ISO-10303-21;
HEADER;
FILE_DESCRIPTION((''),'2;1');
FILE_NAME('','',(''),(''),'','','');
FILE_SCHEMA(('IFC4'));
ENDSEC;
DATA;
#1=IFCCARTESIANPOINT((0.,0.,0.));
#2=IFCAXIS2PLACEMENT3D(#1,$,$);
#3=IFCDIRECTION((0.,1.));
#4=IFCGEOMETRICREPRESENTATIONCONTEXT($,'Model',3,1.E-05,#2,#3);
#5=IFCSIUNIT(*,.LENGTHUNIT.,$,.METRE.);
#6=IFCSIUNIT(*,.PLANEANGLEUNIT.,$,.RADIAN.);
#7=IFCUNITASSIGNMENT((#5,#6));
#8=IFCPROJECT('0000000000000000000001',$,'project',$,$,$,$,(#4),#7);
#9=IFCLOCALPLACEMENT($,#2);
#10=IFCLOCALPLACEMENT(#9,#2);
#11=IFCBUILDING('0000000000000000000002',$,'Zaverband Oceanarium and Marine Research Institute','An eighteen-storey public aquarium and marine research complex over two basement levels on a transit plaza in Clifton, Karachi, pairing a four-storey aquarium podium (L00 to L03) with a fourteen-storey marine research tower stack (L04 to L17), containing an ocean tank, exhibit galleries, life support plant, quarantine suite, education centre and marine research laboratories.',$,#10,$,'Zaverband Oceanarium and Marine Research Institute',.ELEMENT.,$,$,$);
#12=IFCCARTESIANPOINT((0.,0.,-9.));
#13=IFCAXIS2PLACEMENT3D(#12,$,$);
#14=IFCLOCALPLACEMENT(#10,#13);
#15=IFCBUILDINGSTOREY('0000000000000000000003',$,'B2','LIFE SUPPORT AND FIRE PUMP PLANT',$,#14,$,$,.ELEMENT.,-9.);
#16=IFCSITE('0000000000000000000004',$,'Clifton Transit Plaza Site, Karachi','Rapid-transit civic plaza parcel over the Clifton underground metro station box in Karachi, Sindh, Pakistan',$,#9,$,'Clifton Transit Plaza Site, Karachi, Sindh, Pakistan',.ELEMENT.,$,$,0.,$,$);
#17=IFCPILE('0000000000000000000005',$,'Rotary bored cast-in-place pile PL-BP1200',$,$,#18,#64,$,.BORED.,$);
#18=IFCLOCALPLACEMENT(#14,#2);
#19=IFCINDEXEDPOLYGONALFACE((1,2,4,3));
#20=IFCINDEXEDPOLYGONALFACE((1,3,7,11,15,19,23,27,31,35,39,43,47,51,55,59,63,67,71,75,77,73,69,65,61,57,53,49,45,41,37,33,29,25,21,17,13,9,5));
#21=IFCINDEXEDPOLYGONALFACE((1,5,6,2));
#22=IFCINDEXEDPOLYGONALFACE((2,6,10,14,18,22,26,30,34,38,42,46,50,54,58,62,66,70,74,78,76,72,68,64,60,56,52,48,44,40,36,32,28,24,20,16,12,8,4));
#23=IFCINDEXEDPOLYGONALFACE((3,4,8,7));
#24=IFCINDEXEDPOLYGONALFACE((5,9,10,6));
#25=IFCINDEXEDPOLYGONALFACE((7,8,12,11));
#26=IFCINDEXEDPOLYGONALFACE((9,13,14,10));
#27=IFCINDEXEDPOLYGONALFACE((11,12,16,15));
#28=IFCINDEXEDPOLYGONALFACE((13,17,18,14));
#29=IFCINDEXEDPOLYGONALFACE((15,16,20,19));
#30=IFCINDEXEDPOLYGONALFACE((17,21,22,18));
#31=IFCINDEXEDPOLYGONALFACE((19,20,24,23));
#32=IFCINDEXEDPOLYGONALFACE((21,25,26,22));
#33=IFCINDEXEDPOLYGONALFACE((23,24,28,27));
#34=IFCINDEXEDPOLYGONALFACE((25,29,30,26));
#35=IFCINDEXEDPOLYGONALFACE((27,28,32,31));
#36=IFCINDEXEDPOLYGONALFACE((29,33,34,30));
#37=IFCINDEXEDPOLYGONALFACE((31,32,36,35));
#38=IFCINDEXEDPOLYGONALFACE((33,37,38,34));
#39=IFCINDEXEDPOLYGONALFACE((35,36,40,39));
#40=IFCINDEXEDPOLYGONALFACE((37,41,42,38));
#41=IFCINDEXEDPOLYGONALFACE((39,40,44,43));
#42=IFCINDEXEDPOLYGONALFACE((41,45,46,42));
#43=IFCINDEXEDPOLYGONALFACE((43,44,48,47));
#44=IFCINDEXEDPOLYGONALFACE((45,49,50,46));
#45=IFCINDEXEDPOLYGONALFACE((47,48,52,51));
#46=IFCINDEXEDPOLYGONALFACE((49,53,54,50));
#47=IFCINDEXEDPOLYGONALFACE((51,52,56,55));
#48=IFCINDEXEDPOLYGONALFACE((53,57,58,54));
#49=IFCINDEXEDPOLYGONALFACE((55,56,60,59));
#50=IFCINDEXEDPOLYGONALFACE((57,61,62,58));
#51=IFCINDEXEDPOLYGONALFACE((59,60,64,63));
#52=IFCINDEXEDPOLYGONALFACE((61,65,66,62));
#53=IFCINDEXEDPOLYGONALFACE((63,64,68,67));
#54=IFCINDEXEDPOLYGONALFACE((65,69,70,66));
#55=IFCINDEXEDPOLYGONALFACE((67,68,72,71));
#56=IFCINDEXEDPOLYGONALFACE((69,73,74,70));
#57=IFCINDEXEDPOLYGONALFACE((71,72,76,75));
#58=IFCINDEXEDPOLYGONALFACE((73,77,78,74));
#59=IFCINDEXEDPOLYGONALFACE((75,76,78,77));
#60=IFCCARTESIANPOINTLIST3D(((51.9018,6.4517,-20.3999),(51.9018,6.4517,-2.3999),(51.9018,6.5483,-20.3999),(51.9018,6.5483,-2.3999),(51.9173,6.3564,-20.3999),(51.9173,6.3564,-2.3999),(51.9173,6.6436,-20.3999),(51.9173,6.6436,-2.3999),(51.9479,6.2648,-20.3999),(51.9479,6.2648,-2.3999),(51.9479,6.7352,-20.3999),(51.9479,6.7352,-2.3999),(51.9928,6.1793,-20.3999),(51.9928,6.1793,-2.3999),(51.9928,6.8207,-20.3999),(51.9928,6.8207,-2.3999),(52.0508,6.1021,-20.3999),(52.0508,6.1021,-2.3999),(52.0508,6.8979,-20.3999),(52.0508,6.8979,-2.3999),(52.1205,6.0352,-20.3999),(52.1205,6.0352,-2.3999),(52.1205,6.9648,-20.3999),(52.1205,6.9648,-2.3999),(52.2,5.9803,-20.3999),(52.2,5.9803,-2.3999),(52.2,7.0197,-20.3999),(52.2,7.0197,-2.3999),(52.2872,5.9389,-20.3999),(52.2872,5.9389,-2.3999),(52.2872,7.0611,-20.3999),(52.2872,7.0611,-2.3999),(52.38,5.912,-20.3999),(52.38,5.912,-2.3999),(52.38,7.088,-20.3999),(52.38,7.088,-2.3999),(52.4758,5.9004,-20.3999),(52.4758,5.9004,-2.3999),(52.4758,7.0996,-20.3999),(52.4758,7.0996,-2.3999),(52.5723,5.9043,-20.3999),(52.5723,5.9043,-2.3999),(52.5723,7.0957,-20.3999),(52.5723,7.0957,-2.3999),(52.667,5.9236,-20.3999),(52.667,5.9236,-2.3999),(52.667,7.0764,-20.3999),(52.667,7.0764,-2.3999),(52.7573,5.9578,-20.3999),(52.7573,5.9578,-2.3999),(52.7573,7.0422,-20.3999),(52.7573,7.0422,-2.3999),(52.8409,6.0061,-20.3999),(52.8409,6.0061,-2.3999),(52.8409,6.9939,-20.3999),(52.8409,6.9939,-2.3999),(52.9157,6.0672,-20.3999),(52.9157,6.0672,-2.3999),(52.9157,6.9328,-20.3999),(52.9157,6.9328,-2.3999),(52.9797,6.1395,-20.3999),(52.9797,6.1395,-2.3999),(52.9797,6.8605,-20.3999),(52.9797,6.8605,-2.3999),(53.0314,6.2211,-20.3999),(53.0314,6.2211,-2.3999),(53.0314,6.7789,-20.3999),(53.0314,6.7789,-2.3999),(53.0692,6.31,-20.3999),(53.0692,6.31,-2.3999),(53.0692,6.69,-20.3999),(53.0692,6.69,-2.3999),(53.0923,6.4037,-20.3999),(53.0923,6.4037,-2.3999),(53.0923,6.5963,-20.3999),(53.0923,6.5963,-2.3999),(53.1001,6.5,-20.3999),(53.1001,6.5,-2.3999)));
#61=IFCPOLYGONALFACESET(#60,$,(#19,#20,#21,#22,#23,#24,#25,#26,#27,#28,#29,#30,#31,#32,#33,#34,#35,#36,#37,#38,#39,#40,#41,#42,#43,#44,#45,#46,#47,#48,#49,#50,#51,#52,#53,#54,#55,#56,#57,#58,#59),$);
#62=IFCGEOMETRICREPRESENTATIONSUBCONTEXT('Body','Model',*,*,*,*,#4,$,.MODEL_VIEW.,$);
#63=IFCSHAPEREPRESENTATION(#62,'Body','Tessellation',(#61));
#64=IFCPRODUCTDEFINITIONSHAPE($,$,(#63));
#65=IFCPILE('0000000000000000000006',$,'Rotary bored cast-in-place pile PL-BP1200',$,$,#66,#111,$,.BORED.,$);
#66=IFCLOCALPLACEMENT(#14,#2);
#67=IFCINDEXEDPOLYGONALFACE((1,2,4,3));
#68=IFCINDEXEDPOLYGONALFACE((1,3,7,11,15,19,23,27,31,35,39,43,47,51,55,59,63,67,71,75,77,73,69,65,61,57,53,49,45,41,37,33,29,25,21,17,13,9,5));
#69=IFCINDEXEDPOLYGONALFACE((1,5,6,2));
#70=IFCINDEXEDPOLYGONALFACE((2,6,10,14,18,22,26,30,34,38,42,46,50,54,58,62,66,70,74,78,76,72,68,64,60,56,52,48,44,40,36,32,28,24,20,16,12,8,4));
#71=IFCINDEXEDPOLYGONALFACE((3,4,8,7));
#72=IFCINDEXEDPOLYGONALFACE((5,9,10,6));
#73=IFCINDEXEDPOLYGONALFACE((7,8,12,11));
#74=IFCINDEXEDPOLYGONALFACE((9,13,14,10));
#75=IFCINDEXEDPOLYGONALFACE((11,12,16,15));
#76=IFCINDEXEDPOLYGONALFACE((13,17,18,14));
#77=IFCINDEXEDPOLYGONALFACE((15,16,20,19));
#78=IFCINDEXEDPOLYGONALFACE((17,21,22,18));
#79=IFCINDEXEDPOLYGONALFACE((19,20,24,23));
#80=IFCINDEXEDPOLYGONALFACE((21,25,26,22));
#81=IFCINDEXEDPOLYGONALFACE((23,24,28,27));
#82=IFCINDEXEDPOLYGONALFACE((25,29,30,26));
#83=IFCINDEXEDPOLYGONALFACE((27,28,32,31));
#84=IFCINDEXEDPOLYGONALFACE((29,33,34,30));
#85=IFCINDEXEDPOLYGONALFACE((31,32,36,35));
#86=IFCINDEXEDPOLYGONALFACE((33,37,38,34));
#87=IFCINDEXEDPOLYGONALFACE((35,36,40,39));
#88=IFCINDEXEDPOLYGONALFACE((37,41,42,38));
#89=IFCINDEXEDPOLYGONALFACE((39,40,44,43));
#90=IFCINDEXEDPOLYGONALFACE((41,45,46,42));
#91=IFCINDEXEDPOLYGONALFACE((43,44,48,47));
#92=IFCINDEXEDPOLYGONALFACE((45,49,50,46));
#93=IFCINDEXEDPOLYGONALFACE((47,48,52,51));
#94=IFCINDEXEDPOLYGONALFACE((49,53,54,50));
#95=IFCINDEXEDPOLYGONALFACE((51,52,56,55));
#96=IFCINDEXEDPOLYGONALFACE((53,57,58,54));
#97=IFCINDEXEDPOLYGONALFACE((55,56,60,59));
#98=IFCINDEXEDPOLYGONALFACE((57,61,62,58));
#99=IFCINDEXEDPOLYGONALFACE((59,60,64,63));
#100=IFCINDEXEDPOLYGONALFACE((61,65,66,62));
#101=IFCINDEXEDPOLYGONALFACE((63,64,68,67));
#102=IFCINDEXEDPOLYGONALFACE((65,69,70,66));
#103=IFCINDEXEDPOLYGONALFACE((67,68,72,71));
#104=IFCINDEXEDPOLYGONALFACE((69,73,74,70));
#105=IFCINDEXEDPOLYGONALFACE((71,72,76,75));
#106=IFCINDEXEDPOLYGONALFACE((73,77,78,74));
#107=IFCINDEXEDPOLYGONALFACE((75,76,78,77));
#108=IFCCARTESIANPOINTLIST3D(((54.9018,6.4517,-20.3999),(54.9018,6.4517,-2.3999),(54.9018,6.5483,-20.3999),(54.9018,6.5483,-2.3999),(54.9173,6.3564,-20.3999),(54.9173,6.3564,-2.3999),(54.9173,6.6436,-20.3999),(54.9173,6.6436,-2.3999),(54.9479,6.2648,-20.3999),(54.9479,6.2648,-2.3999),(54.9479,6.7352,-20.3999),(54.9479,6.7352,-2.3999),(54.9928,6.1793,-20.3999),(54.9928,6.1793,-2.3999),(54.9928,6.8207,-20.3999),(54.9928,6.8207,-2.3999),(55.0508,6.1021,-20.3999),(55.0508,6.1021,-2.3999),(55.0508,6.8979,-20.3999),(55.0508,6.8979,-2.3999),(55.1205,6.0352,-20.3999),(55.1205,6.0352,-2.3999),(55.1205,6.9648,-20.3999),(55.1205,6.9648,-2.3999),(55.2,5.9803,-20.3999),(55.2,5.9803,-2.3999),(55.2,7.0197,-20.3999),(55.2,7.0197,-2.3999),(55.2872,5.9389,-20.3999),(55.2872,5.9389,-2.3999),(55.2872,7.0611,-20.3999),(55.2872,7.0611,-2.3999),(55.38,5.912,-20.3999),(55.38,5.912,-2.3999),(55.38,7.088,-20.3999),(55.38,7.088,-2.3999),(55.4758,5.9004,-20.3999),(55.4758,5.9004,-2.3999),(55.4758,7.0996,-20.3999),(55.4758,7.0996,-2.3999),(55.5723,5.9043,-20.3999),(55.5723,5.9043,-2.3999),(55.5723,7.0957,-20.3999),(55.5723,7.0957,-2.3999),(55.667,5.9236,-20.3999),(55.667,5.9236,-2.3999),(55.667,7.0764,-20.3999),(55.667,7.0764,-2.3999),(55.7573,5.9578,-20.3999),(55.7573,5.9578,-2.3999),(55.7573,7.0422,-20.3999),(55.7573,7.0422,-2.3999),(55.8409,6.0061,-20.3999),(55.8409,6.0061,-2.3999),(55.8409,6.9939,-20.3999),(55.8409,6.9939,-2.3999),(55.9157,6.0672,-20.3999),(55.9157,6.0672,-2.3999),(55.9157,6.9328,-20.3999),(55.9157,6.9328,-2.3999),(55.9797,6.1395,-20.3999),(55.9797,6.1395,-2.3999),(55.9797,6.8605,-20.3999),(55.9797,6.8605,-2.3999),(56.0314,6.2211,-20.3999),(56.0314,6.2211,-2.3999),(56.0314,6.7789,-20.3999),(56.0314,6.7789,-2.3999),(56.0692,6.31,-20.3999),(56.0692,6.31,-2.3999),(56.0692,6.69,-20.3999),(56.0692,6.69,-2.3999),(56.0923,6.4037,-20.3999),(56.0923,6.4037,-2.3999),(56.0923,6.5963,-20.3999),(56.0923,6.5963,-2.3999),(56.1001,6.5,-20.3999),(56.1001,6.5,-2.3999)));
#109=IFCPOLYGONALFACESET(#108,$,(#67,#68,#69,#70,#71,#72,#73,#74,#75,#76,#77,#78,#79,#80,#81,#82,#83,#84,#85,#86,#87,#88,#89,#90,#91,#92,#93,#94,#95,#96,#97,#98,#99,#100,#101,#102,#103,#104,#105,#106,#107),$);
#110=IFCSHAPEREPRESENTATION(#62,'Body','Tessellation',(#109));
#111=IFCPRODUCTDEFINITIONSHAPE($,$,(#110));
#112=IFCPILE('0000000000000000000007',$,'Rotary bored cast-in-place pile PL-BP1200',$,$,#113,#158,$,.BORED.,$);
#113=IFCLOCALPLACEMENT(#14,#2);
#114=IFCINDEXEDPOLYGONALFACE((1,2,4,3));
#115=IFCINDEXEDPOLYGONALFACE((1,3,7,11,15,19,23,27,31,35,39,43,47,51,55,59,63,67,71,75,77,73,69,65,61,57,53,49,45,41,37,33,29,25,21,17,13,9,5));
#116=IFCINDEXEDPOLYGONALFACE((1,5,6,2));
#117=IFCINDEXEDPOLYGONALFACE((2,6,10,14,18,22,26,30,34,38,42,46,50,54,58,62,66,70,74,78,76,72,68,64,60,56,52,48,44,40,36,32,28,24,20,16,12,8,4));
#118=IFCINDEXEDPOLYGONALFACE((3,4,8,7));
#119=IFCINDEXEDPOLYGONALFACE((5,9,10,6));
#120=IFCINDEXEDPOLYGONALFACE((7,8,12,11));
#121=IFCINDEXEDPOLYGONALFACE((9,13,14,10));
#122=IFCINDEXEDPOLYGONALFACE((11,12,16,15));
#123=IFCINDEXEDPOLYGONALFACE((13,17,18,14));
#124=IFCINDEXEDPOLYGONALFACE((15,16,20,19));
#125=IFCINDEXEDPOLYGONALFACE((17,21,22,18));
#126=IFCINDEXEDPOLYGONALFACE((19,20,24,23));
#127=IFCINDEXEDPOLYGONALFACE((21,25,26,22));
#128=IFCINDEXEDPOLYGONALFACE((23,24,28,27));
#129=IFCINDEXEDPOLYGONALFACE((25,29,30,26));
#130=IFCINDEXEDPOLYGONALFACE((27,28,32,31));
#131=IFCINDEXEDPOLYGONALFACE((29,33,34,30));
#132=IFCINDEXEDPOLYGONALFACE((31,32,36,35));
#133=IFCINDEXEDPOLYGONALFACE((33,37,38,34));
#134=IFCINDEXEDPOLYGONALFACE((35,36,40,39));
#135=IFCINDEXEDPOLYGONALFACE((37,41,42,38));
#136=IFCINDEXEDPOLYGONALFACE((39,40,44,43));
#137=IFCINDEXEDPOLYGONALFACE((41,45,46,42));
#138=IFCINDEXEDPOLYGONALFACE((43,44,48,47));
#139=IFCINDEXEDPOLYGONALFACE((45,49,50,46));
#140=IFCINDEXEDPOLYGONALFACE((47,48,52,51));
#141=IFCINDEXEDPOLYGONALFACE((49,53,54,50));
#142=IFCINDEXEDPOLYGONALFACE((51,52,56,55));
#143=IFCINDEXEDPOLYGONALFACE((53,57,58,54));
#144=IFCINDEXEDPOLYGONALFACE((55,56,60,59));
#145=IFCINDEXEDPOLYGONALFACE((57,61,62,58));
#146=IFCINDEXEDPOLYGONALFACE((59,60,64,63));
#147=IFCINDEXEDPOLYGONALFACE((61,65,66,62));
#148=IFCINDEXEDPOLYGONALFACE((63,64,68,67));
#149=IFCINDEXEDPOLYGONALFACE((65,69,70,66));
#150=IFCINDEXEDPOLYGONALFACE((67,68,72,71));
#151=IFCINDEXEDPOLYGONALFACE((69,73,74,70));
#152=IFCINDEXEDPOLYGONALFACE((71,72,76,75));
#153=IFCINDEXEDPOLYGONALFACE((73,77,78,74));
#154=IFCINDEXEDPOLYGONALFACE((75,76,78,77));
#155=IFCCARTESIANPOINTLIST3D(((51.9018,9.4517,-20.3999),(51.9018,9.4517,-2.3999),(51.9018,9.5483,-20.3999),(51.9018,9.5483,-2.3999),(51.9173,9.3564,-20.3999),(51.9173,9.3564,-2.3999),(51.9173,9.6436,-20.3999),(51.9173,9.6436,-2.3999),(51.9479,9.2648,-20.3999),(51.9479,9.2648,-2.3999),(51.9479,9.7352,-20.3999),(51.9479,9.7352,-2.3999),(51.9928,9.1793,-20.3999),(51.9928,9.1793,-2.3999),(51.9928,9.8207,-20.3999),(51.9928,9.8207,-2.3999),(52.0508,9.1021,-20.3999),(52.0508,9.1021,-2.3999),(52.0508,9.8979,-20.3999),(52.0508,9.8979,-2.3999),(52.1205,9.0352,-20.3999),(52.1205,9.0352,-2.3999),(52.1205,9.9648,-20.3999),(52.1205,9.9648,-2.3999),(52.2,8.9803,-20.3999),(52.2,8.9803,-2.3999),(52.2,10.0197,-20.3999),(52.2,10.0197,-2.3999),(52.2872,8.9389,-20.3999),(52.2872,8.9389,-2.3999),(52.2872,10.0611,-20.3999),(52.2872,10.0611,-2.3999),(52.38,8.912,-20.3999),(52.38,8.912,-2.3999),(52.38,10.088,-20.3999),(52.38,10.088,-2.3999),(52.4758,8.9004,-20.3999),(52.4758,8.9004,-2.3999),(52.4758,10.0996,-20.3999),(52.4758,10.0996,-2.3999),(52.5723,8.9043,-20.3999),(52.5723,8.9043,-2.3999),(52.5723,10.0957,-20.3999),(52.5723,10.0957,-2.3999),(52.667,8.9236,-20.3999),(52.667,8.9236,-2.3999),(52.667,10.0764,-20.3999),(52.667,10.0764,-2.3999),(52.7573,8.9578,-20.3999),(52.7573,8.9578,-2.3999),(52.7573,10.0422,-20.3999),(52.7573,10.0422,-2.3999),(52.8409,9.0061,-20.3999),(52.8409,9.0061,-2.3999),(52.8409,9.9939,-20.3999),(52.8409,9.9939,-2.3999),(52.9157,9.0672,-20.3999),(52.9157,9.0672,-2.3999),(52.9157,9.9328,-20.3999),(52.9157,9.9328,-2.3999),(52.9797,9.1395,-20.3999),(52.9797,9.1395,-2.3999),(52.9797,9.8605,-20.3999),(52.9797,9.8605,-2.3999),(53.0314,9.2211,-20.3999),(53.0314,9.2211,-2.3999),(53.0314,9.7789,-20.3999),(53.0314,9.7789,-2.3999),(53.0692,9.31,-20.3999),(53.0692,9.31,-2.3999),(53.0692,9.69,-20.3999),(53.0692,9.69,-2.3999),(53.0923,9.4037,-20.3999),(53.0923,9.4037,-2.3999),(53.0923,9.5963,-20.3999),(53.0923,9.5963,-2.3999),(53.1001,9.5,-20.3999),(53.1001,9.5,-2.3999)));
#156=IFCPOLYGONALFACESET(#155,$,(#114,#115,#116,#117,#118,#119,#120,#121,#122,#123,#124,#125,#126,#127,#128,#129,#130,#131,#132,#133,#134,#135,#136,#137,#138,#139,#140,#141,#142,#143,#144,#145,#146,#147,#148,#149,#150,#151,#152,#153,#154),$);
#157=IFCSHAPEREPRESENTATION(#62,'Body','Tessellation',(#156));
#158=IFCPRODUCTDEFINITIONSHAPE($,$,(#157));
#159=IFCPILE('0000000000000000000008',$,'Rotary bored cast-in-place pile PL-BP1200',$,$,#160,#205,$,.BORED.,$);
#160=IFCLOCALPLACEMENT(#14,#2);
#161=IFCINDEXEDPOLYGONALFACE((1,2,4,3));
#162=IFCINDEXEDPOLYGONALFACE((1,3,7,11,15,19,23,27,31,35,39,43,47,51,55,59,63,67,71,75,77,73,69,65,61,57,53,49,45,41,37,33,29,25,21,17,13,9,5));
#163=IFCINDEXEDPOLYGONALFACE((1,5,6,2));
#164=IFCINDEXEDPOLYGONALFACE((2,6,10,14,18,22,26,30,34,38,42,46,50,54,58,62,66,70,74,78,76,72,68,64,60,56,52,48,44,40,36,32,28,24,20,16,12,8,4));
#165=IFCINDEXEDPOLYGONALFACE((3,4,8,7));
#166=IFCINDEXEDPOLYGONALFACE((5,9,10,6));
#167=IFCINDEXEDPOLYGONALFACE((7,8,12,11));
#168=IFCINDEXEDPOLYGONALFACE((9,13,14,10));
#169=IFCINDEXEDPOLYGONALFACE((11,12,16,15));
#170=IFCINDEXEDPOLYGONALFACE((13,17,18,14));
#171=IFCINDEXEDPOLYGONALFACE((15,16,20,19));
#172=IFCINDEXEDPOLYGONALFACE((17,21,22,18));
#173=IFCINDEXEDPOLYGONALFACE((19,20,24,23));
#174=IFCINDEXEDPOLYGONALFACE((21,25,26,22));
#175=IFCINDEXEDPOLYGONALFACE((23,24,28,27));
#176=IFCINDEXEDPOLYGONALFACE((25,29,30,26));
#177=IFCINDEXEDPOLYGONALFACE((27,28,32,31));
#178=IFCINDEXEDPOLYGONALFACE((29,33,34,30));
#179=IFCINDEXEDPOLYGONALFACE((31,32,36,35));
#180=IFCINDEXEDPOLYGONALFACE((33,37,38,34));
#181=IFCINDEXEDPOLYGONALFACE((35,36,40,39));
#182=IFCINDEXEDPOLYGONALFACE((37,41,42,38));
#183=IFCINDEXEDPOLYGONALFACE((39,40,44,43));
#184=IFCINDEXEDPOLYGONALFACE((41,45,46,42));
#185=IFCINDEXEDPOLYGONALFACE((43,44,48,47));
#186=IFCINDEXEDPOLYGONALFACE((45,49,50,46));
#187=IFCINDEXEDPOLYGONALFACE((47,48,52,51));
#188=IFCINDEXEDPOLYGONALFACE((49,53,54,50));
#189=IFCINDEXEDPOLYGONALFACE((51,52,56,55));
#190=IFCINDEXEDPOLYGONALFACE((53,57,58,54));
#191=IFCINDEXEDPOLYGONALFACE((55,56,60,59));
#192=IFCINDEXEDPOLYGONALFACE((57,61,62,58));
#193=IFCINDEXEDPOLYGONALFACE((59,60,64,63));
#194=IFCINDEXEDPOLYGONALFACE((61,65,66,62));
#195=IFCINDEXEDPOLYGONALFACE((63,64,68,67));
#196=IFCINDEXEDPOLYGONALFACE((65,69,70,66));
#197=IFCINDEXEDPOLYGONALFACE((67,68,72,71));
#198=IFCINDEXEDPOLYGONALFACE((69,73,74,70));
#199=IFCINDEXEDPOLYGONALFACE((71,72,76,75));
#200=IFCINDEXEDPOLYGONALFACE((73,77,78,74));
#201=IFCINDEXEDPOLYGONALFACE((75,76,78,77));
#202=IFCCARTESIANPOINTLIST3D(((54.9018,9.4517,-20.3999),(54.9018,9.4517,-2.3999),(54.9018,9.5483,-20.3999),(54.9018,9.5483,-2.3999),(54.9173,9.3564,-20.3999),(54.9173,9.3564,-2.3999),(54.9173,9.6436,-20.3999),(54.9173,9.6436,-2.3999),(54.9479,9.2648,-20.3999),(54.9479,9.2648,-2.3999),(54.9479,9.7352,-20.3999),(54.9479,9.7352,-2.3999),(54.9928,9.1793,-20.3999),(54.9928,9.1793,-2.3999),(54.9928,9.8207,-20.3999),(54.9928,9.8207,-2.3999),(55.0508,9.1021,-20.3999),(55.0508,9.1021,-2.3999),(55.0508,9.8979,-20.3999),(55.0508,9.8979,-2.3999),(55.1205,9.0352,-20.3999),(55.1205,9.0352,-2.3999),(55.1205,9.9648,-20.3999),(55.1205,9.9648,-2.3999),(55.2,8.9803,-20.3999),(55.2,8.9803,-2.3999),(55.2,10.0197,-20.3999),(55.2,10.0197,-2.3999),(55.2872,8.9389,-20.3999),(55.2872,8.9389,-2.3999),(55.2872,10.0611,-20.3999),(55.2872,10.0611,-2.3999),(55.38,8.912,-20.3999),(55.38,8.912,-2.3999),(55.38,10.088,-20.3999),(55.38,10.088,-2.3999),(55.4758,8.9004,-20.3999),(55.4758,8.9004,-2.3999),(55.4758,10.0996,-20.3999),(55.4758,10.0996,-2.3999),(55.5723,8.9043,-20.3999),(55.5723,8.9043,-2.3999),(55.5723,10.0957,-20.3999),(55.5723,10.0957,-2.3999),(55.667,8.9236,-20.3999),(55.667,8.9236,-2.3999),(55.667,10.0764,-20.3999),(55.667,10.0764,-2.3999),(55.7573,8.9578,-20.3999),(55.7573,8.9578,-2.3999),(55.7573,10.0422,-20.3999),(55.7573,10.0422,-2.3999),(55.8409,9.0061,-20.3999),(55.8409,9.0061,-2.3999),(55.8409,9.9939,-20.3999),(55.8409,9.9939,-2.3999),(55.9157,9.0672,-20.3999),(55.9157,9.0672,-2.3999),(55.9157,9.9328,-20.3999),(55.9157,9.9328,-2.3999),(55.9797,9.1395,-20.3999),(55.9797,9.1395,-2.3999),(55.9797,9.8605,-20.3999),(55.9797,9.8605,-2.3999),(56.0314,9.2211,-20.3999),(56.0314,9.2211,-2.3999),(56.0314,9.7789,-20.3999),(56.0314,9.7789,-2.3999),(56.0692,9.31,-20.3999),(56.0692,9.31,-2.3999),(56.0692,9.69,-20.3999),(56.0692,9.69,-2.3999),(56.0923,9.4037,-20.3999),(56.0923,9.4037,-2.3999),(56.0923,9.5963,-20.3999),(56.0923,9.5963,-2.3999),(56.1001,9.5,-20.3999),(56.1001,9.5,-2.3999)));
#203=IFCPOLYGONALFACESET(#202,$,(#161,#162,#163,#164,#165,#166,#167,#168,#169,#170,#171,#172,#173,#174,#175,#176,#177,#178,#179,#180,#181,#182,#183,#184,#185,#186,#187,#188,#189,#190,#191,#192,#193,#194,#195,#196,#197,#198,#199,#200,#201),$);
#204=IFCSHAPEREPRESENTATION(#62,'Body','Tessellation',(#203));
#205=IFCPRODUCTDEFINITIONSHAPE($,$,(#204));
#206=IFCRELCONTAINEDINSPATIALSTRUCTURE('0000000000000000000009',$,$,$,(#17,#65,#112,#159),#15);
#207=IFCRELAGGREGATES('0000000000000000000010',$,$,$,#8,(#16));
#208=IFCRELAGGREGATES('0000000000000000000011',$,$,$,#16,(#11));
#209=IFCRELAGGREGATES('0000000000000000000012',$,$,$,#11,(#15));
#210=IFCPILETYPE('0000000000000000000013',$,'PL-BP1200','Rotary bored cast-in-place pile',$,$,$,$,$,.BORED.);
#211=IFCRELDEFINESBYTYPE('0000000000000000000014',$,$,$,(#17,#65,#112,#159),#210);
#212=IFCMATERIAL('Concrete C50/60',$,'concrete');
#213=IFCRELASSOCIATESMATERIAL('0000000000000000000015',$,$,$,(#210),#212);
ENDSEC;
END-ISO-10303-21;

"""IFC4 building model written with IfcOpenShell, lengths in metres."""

from ifc_helpers import new_model, si_unit, direction, frame, origin, origin_2d, place, context, subcontext, project, spatial, circle, extrude, material, material_profile, profile_set, type_object, element, save


model = new_model("IFC4")

# Units and contexts
model_context = context("Model", 3, precision=1e-05, world=origin(), true_north=direction((0.0, 1.0)))
body_context = subcontext(model_context, "Body", "Model", "MODEL_VIEW")
ifc_project = project(units=[si_unit("LENGTHUNIT", "METRE"), si_unit("PLANEANGLEUNIT", "RADIAN")], contexts=[model_context])

# Site, building, storey
site_placement = place(None, origin())
site = spatial("IfcSite", under=ifc_project, at=site_placement, Name="Clifton Transit Plaza Site, Karachi", Description="Rapid-transit civic plaza parcel over the Clifton underground metro station box in Karachi, Sindh, Pakistan", LongName="Clifton Transit Plaza Site, Karachi, Sindh, Pakistan", CompositionType="ELEMENT", RefElevation=0.0)
building_placement = place(site_placement, origin())
building = spatial("IfcBuilding", under=site, at=building_placement, Name="Zaverband Oceanarium and Marine Research Institute", Description="An eighteen-storey public aquarium and marine research complex over two basement levels on a transit plaza in Clifton, Karachi, pairing a four-storey aquarium podium (L00 to L03) with a fourteen-storey marine research tower stack (L04 to L17), containing an ocean tank, exhibit galleries, life support plant, quarantine suite, education centre and marine research laboratories.", LongName="Zaverband Oceanarium and Marine Research Institute", CompositionType="ELEMENT")
storey_placement = place(building_placement, frame((0.0, 0.0, -9.0)))
storey = spatial("IfcBuildingStorey", under=building, at=storey_placement, Name="B2", Description="LIFE SUPPORT AND FIRE PUMP PLANT", CompositionType="ELEMENT", Elevation=-9.0)

# Shared definitions
ifc_material_1 = material(Name="Concrete C50/60", Category="concrete")

# Piles
ifc_material_profile_1 = material_profile(ifc_material_1, circle(Radius=0.6001, at=origin_2d()), Name="BP1200")
ifc_profile_set_1 = profile_set([ifc_material_profile_1], Name="Concrete C50/60")
pile_type_1 = type_object("IfcPileType", Name="PL-BP1200", Description="Rotary bored cast-in-place pile", PredefinedType="BORED", material=ifc_profile_set_1)
for number, where, z_axis, x_axis, name in (
    (1, (52.5, 6.5, -2.3999), (0.0, 0.0, -1.0), (1.0, 0.0, 0.0), "Rotary bored cast-in-place pile PL-BP1200"),
    (2, (55.5, 6.5, -2.3999), (0.0, 0.0, -1.0), (1.0, 0.0, 0.0), "Rotary bored cast-in-place pile PL-BP1200"),
    (3, (52.5, 9.5, -2.3999), (0.0, 0.0, -1.0), (1.0, 0.0, 0.0), "Rotary bored cast-in-place pile PL-BP1200"),
    (4, (55.5, 9.5, -2.3999), (0.0, 0.0, -1.0), (1.0, 0.0, 0.0), "Rotary bored cast-in-place pile PL-BP1200"),
):
    element("IfcPile", number, at=place(storey_placement, frame(where, z_axis=z_axis, x_axis=x_axis)), inside=storey, type_object=pile_type_1, Name=name, PredefinedType="BORED", context=body_context, shape_type="SweptSolid", body=[
        extrude(circle(Radius=0.6001, at=origin_2d()), origin(), (0.0, 0.0, 1.0), 18.0),
    ])

save(model, "model.ifc")
